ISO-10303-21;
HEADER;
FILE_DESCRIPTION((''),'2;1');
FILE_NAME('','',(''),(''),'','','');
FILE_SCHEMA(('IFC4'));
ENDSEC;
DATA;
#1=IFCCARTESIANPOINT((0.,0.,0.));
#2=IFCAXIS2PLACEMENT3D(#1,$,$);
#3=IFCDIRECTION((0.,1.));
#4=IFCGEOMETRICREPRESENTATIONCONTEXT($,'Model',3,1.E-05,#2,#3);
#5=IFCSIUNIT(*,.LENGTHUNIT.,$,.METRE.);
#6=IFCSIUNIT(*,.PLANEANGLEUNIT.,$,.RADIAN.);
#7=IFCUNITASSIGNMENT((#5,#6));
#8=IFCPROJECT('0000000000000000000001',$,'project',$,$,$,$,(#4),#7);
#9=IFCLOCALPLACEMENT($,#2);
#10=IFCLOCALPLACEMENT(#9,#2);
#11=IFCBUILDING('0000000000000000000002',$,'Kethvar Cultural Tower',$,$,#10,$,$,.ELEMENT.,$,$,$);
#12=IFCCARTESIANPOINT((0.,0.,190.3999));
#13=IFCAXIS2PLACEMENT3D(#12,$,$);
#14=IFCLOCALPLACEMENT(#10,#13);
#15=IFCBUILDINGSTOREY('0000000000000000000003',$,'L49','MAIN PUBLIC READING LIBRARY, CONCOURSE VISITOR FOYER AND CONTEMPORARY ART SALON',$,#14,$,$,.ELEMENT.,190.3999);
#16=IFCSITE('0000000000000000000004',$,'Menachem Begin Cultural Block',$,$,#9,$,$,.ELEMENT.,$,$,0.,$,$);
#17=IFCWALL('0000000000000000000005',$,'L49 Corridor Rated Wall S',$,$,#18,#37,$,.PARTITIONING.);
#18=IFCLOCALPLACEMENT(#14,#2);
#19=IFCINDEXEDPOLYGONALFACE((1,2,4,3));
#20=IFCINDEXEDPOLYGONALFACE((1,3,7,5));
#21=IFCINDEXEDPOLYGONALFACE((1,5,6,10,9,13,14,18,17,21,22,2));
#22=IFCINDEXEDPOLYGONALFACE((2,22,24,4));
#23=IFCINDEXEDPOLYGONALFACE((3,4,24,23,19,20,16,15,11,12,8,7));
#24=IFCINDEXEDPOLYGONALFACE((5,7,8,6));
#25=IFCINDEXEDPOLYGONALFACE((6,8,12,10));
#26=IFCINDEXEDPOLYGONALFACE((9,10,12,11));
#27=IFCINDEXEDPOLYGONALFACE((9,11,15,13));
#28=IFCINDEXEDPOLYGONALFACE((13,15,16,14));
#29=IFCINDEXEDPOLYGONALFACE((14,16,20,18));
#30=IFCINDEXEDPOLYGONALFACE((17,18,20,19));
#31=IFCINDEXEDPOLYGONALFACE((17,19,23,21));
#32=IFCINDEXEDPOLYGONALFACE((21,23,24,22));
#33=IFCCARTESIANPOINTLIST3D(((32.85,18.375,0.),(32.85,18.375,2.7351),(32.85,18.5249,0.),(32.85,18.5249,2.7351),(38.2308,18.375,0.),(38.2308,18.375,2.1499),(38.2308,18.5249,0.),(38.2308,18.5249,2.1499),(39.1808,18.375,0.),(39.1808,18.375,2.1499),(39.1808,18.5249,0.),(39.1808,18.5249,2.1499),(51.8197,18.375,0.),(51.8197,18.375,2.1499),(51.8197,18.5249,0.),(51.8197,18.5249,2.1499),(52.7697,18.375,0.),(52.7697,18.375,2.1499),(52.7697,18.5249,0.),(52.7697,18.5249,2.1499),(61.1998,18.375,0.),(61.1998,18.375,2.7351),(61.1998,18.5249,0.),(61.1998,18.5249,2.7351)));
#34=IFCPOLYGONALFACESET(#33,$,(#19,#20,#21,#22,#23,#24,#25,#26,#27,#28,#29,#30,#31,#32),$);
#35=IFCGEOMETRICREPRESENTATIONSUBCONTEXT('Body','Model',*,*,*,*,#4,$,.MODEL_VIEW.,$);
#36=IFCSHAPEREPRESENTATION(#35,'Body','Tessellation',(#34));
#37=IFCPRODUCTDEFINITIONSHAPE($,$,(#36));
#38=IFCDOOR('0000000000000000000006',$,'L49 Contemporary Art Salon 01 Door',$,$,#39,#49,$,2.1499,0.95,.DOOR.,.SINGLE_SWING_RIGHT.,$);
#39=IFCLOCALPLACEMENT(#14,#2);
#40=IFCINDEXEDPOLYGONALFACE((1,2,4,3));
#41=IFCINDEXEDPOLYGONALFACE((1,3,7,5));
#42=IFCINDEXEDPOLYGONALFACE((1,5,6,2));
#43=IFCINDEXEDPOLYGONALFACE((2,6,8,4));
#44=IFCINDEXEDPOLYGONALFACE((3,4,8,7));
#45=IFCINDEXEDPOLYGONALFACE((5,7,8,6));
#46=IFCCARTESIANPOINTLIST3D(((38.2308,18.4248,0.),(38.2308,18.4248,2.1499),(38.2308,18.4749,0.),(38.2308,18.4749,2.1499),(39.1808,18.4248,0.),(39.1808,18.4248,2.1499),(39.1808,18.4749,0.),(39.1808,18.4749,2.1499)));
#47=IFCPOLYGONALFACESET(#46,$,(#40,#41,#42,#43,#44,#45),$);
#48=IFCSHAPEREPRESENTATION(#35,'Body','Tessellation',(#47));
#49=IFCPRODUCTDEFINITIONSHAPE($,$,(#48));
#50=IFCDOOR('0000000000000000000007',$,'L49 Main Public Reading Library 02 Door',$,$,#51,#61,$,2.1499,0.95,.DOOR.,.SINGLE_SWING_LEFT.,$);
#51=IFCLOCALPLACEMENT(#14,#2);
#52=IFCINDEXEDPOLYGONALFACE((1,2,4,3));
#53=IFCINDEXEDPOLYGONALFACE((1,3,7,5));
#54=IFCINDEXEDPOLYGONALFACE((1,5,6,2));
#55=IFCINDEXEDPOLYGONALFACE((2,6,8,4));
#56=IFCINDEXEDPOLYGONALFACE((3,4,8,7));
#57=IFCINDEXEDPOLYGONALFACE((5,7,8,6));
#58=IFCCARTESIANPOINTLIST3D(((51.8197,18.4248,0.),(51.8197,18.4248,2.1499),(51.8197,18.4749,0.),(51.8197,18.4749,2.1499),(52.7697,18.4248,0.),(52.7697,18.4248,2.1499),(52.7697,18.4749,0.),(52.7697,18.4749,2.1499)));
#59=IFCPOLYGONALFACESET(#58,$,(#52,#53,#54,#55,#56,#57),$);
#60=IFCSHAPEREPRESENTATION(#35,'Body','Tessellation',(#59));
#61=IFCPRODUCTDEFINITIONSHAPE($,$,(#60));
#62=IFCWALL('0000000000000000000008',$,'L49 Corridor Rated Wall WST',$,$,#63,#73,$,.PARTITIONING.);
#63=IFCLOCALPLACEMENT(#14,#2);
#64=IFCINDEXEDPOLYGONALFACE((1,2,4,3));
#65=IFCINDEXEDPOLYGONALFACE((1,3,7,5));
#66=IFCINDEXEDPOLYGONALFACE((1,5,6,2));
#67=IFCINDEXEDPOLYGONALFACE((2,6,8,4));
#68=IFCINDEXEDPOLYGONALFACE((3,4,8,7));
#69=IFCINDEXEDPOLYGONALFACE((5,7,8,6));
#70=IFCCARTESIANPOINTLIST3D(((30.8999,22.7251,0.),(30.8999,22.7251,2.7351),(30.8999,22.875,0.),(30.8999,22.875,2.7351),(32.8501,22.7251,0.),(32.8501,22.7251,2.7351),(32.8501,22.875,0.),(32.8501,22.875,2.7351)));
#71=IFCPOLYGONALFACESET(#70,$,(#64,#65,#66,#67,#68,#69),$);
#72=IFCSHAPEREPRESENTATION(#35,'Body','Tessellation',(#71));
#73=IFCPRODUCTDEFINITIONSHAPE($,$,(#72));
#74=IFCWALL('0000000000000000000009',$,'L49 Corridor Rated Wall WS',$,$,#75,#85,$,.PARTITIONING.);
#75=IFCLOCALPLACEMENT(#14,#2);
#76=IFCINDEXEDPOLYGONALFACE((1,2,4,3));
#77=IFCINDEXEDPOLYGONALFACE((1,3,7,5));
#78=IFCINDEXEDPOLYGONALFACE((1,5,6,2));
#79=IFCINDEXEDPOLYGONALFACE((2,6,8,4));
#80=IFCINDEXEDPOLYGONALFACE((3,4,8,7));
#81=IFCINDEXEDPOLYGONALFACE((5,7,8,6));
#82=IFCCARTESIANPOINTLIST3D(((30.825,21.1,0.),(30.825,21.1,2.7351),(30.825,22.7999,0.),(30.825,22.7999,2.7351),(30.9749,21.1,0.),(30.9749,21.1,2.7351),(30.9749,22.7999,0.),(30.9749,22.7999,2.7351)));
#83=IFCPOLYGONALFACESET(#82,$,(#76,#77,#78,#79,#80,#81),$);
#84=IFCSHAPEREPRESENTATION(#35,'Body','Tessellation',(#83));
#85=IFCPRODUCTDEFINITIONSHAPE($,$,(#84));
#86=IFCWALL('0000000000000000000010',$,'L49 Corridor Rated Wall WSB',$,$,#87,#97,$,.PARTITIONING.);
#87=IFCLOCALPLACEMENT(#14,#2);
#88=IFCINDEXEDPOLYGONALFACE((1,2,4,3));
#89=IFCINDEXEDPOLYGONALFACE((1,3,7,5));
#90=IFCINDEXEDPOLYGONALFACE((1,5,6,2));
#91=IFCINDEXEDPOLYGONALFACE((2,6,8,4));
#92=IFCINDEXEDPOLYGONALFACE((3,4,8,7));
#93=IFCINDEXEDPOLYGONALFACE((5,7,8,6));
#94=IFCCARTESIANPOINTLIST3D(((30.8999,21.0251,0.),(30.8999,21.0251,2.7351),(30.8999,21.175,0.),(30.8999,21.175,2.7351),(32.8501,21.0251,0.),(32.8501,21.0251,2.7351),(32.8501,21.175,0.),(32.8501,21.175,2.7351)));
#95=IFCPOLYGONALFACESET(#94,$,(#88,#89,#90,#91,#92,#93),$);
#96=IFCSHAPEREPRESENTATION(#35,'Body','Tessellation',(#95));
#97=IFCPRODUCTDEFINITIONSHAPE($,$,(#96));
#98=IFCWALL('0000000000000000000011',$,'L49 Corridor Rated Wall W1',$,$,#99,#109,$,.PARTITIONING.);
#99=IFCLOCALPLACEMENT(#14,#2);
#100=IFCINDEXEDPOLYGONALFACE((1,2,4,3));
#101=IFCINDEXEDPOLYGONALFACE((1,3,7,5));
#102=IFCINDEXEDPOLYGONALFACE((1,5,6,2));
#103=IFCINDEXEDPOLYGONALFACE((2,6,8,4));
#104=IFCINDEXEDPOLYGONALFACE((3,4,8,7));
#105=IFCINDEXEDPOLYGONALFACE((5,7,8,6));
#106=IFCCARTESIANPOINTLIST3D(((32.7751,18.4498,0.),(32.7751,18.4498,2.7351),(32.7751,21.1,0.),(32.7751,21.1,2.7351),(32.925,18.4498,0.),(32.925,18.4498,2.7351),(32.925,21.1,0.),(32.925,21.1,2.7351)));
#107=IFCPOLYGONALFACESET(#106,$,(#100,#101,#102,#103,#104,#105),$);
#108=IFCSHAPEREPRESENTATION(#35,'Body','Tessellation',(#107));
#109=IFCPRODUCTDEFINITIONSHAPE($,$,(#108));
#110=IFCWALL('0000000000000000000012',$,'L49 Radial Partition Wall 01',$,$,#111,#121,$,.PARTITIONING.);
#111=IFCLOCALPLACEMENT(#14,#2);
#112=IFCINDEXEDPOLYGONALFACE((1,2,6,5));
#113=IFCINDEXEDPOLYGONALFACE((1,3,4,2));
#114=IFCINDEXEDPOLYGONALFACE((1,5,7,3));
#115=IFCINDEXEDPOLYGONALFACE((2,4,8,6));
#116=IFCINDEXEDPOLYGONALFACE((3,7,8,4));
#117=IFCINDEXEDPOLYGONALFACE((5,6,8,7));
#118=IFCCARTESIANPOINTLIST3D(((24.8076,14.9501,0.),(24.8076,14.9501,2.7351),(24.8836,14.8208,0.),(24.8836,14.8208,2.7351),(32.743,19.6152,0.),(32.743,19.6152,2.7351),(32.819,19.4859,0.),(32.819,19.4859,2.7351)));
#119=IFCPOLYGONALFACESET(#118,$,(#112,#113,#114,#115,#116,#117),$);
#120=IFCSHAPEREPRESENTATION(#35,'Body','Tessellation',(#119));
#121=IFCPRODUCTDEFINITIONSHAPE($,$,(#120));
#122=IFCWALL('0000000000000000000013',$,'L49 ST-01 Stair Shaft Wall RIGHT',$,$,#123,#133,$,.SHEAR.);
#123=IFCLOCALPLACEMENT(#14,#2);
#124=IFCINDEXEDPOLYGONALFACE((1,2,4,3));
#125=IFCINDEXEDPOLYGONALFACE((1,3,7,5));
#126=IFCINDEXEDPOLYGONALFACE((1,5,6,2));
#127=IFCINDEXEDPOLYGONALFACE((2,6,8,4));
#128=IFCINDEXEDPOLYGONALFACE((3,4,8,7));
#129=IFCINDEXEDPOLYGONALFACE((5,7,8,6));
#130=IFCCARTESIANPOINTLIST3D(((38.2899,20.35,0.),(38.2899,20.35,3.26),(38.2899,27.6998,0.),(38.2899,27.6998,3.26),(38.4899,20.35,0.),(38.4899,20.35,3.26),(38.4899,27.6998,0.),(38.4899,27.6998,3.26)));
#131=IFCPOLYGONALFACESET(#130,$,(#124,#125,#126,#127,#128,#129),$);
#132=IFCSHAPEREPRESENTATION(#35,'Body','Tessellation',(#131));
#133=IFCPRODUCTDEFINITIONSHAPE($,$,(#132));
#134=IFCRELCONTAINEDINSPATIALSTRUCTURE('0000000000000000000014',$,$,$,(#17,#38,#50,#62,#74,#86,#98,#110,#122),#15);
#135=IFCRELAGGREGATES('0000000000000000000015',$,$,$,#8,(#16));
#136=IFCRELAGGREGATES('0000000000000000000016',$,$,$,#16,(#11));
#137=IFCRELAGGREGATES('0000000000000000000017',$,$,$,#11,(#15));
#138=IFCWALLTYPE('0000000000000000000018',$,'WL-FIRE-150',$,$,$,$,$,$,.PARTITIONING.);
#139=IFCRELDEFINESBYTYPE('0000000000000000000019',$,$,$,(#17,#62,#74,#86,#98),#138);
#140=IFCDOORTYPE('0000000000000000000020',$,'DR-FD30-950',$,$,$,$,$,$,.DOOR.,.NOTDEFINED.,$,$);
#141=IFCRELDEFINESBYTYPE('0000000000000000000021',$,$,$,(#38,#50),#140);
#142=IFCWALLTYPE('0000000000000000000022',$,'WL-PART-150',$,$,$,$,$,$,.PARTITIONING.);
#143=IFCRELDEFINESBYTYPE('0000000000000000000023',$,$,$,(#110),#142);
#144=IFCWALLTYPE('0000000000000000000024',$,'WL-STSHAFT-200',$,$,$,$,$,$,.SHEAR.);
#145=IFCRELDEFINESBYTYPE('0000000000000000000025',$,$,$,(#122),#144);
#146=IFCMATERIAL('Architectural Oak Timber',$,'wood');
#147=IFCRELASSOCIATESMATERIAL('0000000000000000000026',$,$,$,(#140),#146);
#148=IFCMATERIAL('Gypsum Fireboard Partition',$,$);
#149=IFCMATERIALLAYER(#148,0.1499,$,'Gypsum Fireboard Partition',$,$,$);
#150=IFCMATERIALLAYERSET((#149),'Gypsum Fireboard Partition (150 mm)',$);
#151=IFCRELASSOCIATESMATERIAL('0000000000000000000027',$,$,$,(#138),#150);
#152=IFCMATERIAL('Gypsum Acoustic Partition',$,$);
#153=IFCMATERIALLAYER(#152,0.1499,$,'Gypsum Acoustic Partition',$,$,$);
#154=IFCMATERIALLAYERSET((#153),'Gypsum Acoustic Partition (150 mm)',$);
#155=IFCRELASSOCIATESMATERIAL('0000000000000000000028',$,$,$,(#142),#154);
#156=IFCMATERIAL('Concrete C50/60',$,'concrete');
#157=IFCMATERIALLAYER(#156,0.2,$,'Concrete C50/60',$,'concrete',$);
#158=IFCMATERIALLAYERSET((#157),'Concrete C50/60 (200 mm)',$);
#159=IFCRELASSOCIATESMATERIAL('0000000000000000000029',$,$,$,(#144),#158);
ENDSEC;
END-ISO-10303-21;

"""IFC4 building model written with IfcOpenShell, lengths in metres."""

from ifc_helpers import new_model, si_unit, direction, frame, frame_2d, origin, place, context, subcontext, project, spatial, rectangle, extrude, source, transform, mapped, material, layer, layer_set, type_object, element, fill, save


model = new_model("IFC4")

# Units and contexts
model_context = context("Model", 3, precision=1e-05, world=origin(), true_north=direction((0.0, 1.0)))
body_context = subcontext(model_context, "Body", "Model", "MODEL_VIEW")
ifc_project = project(units=[si_unit("LENGTHUNIT", "METRE"), si_unit("PLANEANGLEUNIT", "RADIAN")], contexts=[model_context])

# Site, building, storey
site_placement = place(None, origin())
site = spatial("IfcSite", under=ifc_project, at=site_placement, Name="Menachem Begin Cultural Block", CompositionType="ELEMENT", RefElevation=0.0)
building_placement = place(site_placement, origin())
building = spatial("IfcBuilding", under=site, at=building_placement, Name="Kethvar Cultural Tower", CompositionType="ELEMENT")
storey_placement = place(building_placement, frame((0.0, 0.0, 190.3999)))
storey = spatial("IfcBuildingStorey", under=building, at=storey_placement, Name="L49", Description="MAIN PUBLIC READING LIBRARY, CONCOURSE VISITOR FOYER AND CONTEMPORARY ART SALON", CompositionType="ELEMENT", Elevation=190.3999)

# Wall, openings, doors
ifc_material_1 = material(Name="Architectural Oak Timber", Category="wood")
door_type_1 = type_object("IfcDoorType", Name="DR-FD30-950", OperationType="NOTDEFINED", PredefinedType="DOOR", material=ifc_material_1)
shared_shape_1 = source(origin(), body_context, "Body", "SweptSolid", [
    extrude(rectangle(XDim=0.95, YDim=2.1499, at=frame_2d((0.4751, 1.075))), frame((0.0, 0.0249, 0.0), z_axis=(0.0, -1.0, 0.0), x_axis=(1.0, 0.0, 0.0)), (0.0, 0.0, 1.0), 0.05),
])
ifc_material_2 = material(Name="Gypsum Fireboard Partition")
ifc_layer_1 = layer(ifc_material_2, 0.1499, Name="Gypsum Fireboard Partition")
ifc_layer_set_1 = layer_set([ifc_layer_1], Name="Gypsum Fireboard Partition (150 mm)")
wall_type_1 = type_object("IfcWallType", Name="WL-FIRE-150", PredefinedType="PARTITIONING", material=ifc_layer_set_1)
wall_1_placement = place(storey_placement, frame((32.8501, 18.45, 0.0), z_axis=(0.0, 0.0, 1.0), x_axis=(1.0, 0.0, 0.0)))
wall_1 = element("IfcWall", 1, at=wall_1_placement, inside=storey, type_object=wall_type_1, Name="L49 Corridor Rated Wall S", PredefinedType="PARTITIONING", context=body_context, shape_type="SweptSolid", body=[
    extrude(rectangle(XDim=28.3499, YDim=0.1499, at=frame_2d((14.1748, 0.0))), origin(), (0.0, 0.0, 1.0), 2.7351),
])
opening_1_placement = place(wall_1_placement, frame((5.3806, 0.0, 0.0)))
opening_1 = element("IfcOpeningElement", 2, at=opening_1_placement, cuts=wall_1, PredefinedType="OPENING", context=body_context, shape_type="SweptSolid", body=[
    extrude(rectangle(XDim=0.95, YDim=2.1499, at=frame_2d((0.4751, 1.075))), frame((0.0, 0.085, 0.0), z_axis=(0.0, -1.0, 0.0), x_axis=(1.0, 0.0, 0.0)), (0.0, 0.0, 1.0), 0.1699),
])
opening_2_placement = place(wall_1_placement, frame((18.9695, 0.0, 0.0)))
opening_2 = element("IfcOpeningElement", 3, at=opening_2_placement, cuts=wall_1, PredefinedType="OPENING", context=body_context, shape_type="SweptSolid", body=[
    extrude(rectangle(XDim=0.95, YDim=2.1499, at=frame_2d((0.4751, 1.075))), frame((0.0, 0.085, 0.0), z_axis=(0.0, -1.0, 0.0), x_axis=(1.0, 0.0, 0.0)), (0.0, 0.0, 1.0), 0.1699),
])
door_1_placement = place(opening_1_placement, origin())
door_1 = element("IfcDoor", 4, at=door_1_placement, inside=storey, type_object=door_type_1, Name="L49 Contemporary Art Salon 01 Door", OperationType="SINGLE_SWING_RIGHT", OverallHeight=2.1499, OverallWidth=0.95, PredefinedType="DOOR", context=body_context, shape_type="MappedRepresentation", body=[
    mapped(shared_shape_1, transform((0.0, 0.0, 0.0), scale=1.0)),
])
fill(opening_1, door_1)
door_2_placement = place(opening_2_placement, origin())
door_2 = element("IfcDoor", 5, at=door_2_placement, inside=storey, type_object=door_type_1, Name="L49 Main Public Reading Library 02 Door", OperationType="SINGLE_SWING_LEFT", OverallHeight=2.1499, OverallWidth=0.95, PredefinedType="DOOR", context=body_context, shape_type="MappedRepresentation", body=[
    mapped(shared_shape_1, transform((0.0, 0.0, 0.0), scale=1.0)),
])
fill(opening_2, door_2)

# Walls
wall_2_placement = place(storey_placement, frame((32.8501, 22.8, 0.0), z_axis=(0.0, 0.0, 1.0), x_axis=(-1.0, 0.0, 0.0)))
element("IfcWall", 6, at=wall_2_placement, inside=storey, type_object=wall_type_1, Name="L49 Corridor Rated Wall WST", PredefinedType="PARTITIONING", context=body_context, shape_type="SweptSolid", body=[
    extrude(rectangle(XDim=1.9502, YDim=0.1499, at=frame_2d((0.9751, 0.0))), origin(), (0.0, 0.0, 1.0), 2.7351),
])
wall_3_placement = place(storey_placement, frame((30.8999, 22.8, 0.0), z_axis=(0.0, 0.0, 1.0), x_axis=(0.0, -1.0, 0.0)))
element("IfcWall", 7, at=wall_3_placement, inside=storey, type_object=wall_type_1, Name="L49 Corridor Rated Wall WS", PredefinedType="PARTITIONING", context=body_context, shape_type="SweptSolid", body=[
    extrude(rectangle(XDim=1.7, YDim=0.1499, at=frame_2d((0.8501, 0.0))), origin(), (0.0, 0.0, 1.0), 2.7351),
])
wall_4_placement = place(storey_placement, frame((30.8999, 21.1001, 0.0), z_axis=(0.0, 0.0, 1.0), x_axis=(1.0, 0.0, 0.0)))
element("IfcWall", 8, at=wall_4_placement, inside=storey, type_object=wall_type_1, Name="L49 Corridor Rated Wall WSB", PredefinedType="PARTITIONING", context=body_context, shape_type="SweptSolid", body=[
    extrude(rectangle(XDim=1.9502, YDim=0.1499, at=frame_2d((0.9751, 0.0))), origin(), (0.0, 0.0, 1.0), 2.7351),
])
wall_5_placement = place(storey_placement, frame((32.8501, 21.1001, 0.0), z_axis=(0.0, 0.0, 1.0), x_axis=(0.0, -1.0, 0.0)))
element("IfcWall", 9, at=wall_5_placement, inside=storey, type_object=wall_type_1, Name="L49 Corridor Rated Wall W1", PredefinedType="PARTITIONING", context=body_context, shape_type="SweptSolid", body=[
    extrude(rectangle(XDim=2.6501, YDim=0.1499, at=frame_2d((1.3252, 0.0))), origin(), (0.0, 0.0, 1.0), 2.7351),
])
ifc_material_3 = material(Name="Gypsum Acoustic Partition")
ifc_layer_2 = layer(ifc_material_3, 0.1499, Name="Gypsum Acoustic Partition")
ifc_layer_set_2 = layer_set([ifc_layer_2], Name="Gypsum Acoustic Partition (150 mm)")
wall_type_2 = type_object("IfcWallType", Name="WL-PART-150", PredefinedType="PARTITIONING", material=ifc_layer_set_2)
wall_6_placement = place(storey_placement, frame((32.781, 19.5505, 0.0), z_axis=(0.0, 0.0, 1.0), x_axis=(-0.862066, -0.506795, 0.0)))
element("IfcWall", 10, at=wall_6_placement, inside=storey, type_object=wall_type_2, Name="L49 Radial Partition Wall 01", PredefinedType="PARTITIONING", context=body_context, shape_type="SweptSolid", body=[
    extrude(rectangle(XDim=9.2051, YDim=0.1499, at=frame_2d((4.6025, 0.0))), origin(), (0.0, 0.0, 1.0), 2.7351),
])
ifc_material_4 = material(Name="Concrete C50/60", Category="concrete")
ifc_layer_3 = layer(ifc_material_4, 0.2, Name="Concrete C50/60", Category="concrete")
ifc_layer_set_3 = layer_set([ifc_layer_3], Name="Concrete C50/60 (200 mm)")
wall_type_3 = type_object("IfcWallType", Name="WL-STSHAFT-200", PredefinedType="SHEAR", material=ifc_layer_set_3)
wall_7_placement = place(storey_placement, frame((38.3899, 20.3501, 0.0), z_axis=(0.0, 0.0, 1.0), x_axis=(0.0, 1.0, 0.0)))
element("IfcWall", 11, at=wall_7_placement, inside=storey, type_object=wall_type_3, Name="L49 ST-01 Stair Shaft Wall RIGHT", PredefinedType="SHEAR", context=body_context, shape_type="SweptSolid", body=[
    extrude(rectangle(XDim=7.3499, YDim=0.2, at=frame_2d((3.6748, 0.0))), origin(), (0.0, 0.0, 1.0), 3.26),
])

save(model, "model.ifc")
